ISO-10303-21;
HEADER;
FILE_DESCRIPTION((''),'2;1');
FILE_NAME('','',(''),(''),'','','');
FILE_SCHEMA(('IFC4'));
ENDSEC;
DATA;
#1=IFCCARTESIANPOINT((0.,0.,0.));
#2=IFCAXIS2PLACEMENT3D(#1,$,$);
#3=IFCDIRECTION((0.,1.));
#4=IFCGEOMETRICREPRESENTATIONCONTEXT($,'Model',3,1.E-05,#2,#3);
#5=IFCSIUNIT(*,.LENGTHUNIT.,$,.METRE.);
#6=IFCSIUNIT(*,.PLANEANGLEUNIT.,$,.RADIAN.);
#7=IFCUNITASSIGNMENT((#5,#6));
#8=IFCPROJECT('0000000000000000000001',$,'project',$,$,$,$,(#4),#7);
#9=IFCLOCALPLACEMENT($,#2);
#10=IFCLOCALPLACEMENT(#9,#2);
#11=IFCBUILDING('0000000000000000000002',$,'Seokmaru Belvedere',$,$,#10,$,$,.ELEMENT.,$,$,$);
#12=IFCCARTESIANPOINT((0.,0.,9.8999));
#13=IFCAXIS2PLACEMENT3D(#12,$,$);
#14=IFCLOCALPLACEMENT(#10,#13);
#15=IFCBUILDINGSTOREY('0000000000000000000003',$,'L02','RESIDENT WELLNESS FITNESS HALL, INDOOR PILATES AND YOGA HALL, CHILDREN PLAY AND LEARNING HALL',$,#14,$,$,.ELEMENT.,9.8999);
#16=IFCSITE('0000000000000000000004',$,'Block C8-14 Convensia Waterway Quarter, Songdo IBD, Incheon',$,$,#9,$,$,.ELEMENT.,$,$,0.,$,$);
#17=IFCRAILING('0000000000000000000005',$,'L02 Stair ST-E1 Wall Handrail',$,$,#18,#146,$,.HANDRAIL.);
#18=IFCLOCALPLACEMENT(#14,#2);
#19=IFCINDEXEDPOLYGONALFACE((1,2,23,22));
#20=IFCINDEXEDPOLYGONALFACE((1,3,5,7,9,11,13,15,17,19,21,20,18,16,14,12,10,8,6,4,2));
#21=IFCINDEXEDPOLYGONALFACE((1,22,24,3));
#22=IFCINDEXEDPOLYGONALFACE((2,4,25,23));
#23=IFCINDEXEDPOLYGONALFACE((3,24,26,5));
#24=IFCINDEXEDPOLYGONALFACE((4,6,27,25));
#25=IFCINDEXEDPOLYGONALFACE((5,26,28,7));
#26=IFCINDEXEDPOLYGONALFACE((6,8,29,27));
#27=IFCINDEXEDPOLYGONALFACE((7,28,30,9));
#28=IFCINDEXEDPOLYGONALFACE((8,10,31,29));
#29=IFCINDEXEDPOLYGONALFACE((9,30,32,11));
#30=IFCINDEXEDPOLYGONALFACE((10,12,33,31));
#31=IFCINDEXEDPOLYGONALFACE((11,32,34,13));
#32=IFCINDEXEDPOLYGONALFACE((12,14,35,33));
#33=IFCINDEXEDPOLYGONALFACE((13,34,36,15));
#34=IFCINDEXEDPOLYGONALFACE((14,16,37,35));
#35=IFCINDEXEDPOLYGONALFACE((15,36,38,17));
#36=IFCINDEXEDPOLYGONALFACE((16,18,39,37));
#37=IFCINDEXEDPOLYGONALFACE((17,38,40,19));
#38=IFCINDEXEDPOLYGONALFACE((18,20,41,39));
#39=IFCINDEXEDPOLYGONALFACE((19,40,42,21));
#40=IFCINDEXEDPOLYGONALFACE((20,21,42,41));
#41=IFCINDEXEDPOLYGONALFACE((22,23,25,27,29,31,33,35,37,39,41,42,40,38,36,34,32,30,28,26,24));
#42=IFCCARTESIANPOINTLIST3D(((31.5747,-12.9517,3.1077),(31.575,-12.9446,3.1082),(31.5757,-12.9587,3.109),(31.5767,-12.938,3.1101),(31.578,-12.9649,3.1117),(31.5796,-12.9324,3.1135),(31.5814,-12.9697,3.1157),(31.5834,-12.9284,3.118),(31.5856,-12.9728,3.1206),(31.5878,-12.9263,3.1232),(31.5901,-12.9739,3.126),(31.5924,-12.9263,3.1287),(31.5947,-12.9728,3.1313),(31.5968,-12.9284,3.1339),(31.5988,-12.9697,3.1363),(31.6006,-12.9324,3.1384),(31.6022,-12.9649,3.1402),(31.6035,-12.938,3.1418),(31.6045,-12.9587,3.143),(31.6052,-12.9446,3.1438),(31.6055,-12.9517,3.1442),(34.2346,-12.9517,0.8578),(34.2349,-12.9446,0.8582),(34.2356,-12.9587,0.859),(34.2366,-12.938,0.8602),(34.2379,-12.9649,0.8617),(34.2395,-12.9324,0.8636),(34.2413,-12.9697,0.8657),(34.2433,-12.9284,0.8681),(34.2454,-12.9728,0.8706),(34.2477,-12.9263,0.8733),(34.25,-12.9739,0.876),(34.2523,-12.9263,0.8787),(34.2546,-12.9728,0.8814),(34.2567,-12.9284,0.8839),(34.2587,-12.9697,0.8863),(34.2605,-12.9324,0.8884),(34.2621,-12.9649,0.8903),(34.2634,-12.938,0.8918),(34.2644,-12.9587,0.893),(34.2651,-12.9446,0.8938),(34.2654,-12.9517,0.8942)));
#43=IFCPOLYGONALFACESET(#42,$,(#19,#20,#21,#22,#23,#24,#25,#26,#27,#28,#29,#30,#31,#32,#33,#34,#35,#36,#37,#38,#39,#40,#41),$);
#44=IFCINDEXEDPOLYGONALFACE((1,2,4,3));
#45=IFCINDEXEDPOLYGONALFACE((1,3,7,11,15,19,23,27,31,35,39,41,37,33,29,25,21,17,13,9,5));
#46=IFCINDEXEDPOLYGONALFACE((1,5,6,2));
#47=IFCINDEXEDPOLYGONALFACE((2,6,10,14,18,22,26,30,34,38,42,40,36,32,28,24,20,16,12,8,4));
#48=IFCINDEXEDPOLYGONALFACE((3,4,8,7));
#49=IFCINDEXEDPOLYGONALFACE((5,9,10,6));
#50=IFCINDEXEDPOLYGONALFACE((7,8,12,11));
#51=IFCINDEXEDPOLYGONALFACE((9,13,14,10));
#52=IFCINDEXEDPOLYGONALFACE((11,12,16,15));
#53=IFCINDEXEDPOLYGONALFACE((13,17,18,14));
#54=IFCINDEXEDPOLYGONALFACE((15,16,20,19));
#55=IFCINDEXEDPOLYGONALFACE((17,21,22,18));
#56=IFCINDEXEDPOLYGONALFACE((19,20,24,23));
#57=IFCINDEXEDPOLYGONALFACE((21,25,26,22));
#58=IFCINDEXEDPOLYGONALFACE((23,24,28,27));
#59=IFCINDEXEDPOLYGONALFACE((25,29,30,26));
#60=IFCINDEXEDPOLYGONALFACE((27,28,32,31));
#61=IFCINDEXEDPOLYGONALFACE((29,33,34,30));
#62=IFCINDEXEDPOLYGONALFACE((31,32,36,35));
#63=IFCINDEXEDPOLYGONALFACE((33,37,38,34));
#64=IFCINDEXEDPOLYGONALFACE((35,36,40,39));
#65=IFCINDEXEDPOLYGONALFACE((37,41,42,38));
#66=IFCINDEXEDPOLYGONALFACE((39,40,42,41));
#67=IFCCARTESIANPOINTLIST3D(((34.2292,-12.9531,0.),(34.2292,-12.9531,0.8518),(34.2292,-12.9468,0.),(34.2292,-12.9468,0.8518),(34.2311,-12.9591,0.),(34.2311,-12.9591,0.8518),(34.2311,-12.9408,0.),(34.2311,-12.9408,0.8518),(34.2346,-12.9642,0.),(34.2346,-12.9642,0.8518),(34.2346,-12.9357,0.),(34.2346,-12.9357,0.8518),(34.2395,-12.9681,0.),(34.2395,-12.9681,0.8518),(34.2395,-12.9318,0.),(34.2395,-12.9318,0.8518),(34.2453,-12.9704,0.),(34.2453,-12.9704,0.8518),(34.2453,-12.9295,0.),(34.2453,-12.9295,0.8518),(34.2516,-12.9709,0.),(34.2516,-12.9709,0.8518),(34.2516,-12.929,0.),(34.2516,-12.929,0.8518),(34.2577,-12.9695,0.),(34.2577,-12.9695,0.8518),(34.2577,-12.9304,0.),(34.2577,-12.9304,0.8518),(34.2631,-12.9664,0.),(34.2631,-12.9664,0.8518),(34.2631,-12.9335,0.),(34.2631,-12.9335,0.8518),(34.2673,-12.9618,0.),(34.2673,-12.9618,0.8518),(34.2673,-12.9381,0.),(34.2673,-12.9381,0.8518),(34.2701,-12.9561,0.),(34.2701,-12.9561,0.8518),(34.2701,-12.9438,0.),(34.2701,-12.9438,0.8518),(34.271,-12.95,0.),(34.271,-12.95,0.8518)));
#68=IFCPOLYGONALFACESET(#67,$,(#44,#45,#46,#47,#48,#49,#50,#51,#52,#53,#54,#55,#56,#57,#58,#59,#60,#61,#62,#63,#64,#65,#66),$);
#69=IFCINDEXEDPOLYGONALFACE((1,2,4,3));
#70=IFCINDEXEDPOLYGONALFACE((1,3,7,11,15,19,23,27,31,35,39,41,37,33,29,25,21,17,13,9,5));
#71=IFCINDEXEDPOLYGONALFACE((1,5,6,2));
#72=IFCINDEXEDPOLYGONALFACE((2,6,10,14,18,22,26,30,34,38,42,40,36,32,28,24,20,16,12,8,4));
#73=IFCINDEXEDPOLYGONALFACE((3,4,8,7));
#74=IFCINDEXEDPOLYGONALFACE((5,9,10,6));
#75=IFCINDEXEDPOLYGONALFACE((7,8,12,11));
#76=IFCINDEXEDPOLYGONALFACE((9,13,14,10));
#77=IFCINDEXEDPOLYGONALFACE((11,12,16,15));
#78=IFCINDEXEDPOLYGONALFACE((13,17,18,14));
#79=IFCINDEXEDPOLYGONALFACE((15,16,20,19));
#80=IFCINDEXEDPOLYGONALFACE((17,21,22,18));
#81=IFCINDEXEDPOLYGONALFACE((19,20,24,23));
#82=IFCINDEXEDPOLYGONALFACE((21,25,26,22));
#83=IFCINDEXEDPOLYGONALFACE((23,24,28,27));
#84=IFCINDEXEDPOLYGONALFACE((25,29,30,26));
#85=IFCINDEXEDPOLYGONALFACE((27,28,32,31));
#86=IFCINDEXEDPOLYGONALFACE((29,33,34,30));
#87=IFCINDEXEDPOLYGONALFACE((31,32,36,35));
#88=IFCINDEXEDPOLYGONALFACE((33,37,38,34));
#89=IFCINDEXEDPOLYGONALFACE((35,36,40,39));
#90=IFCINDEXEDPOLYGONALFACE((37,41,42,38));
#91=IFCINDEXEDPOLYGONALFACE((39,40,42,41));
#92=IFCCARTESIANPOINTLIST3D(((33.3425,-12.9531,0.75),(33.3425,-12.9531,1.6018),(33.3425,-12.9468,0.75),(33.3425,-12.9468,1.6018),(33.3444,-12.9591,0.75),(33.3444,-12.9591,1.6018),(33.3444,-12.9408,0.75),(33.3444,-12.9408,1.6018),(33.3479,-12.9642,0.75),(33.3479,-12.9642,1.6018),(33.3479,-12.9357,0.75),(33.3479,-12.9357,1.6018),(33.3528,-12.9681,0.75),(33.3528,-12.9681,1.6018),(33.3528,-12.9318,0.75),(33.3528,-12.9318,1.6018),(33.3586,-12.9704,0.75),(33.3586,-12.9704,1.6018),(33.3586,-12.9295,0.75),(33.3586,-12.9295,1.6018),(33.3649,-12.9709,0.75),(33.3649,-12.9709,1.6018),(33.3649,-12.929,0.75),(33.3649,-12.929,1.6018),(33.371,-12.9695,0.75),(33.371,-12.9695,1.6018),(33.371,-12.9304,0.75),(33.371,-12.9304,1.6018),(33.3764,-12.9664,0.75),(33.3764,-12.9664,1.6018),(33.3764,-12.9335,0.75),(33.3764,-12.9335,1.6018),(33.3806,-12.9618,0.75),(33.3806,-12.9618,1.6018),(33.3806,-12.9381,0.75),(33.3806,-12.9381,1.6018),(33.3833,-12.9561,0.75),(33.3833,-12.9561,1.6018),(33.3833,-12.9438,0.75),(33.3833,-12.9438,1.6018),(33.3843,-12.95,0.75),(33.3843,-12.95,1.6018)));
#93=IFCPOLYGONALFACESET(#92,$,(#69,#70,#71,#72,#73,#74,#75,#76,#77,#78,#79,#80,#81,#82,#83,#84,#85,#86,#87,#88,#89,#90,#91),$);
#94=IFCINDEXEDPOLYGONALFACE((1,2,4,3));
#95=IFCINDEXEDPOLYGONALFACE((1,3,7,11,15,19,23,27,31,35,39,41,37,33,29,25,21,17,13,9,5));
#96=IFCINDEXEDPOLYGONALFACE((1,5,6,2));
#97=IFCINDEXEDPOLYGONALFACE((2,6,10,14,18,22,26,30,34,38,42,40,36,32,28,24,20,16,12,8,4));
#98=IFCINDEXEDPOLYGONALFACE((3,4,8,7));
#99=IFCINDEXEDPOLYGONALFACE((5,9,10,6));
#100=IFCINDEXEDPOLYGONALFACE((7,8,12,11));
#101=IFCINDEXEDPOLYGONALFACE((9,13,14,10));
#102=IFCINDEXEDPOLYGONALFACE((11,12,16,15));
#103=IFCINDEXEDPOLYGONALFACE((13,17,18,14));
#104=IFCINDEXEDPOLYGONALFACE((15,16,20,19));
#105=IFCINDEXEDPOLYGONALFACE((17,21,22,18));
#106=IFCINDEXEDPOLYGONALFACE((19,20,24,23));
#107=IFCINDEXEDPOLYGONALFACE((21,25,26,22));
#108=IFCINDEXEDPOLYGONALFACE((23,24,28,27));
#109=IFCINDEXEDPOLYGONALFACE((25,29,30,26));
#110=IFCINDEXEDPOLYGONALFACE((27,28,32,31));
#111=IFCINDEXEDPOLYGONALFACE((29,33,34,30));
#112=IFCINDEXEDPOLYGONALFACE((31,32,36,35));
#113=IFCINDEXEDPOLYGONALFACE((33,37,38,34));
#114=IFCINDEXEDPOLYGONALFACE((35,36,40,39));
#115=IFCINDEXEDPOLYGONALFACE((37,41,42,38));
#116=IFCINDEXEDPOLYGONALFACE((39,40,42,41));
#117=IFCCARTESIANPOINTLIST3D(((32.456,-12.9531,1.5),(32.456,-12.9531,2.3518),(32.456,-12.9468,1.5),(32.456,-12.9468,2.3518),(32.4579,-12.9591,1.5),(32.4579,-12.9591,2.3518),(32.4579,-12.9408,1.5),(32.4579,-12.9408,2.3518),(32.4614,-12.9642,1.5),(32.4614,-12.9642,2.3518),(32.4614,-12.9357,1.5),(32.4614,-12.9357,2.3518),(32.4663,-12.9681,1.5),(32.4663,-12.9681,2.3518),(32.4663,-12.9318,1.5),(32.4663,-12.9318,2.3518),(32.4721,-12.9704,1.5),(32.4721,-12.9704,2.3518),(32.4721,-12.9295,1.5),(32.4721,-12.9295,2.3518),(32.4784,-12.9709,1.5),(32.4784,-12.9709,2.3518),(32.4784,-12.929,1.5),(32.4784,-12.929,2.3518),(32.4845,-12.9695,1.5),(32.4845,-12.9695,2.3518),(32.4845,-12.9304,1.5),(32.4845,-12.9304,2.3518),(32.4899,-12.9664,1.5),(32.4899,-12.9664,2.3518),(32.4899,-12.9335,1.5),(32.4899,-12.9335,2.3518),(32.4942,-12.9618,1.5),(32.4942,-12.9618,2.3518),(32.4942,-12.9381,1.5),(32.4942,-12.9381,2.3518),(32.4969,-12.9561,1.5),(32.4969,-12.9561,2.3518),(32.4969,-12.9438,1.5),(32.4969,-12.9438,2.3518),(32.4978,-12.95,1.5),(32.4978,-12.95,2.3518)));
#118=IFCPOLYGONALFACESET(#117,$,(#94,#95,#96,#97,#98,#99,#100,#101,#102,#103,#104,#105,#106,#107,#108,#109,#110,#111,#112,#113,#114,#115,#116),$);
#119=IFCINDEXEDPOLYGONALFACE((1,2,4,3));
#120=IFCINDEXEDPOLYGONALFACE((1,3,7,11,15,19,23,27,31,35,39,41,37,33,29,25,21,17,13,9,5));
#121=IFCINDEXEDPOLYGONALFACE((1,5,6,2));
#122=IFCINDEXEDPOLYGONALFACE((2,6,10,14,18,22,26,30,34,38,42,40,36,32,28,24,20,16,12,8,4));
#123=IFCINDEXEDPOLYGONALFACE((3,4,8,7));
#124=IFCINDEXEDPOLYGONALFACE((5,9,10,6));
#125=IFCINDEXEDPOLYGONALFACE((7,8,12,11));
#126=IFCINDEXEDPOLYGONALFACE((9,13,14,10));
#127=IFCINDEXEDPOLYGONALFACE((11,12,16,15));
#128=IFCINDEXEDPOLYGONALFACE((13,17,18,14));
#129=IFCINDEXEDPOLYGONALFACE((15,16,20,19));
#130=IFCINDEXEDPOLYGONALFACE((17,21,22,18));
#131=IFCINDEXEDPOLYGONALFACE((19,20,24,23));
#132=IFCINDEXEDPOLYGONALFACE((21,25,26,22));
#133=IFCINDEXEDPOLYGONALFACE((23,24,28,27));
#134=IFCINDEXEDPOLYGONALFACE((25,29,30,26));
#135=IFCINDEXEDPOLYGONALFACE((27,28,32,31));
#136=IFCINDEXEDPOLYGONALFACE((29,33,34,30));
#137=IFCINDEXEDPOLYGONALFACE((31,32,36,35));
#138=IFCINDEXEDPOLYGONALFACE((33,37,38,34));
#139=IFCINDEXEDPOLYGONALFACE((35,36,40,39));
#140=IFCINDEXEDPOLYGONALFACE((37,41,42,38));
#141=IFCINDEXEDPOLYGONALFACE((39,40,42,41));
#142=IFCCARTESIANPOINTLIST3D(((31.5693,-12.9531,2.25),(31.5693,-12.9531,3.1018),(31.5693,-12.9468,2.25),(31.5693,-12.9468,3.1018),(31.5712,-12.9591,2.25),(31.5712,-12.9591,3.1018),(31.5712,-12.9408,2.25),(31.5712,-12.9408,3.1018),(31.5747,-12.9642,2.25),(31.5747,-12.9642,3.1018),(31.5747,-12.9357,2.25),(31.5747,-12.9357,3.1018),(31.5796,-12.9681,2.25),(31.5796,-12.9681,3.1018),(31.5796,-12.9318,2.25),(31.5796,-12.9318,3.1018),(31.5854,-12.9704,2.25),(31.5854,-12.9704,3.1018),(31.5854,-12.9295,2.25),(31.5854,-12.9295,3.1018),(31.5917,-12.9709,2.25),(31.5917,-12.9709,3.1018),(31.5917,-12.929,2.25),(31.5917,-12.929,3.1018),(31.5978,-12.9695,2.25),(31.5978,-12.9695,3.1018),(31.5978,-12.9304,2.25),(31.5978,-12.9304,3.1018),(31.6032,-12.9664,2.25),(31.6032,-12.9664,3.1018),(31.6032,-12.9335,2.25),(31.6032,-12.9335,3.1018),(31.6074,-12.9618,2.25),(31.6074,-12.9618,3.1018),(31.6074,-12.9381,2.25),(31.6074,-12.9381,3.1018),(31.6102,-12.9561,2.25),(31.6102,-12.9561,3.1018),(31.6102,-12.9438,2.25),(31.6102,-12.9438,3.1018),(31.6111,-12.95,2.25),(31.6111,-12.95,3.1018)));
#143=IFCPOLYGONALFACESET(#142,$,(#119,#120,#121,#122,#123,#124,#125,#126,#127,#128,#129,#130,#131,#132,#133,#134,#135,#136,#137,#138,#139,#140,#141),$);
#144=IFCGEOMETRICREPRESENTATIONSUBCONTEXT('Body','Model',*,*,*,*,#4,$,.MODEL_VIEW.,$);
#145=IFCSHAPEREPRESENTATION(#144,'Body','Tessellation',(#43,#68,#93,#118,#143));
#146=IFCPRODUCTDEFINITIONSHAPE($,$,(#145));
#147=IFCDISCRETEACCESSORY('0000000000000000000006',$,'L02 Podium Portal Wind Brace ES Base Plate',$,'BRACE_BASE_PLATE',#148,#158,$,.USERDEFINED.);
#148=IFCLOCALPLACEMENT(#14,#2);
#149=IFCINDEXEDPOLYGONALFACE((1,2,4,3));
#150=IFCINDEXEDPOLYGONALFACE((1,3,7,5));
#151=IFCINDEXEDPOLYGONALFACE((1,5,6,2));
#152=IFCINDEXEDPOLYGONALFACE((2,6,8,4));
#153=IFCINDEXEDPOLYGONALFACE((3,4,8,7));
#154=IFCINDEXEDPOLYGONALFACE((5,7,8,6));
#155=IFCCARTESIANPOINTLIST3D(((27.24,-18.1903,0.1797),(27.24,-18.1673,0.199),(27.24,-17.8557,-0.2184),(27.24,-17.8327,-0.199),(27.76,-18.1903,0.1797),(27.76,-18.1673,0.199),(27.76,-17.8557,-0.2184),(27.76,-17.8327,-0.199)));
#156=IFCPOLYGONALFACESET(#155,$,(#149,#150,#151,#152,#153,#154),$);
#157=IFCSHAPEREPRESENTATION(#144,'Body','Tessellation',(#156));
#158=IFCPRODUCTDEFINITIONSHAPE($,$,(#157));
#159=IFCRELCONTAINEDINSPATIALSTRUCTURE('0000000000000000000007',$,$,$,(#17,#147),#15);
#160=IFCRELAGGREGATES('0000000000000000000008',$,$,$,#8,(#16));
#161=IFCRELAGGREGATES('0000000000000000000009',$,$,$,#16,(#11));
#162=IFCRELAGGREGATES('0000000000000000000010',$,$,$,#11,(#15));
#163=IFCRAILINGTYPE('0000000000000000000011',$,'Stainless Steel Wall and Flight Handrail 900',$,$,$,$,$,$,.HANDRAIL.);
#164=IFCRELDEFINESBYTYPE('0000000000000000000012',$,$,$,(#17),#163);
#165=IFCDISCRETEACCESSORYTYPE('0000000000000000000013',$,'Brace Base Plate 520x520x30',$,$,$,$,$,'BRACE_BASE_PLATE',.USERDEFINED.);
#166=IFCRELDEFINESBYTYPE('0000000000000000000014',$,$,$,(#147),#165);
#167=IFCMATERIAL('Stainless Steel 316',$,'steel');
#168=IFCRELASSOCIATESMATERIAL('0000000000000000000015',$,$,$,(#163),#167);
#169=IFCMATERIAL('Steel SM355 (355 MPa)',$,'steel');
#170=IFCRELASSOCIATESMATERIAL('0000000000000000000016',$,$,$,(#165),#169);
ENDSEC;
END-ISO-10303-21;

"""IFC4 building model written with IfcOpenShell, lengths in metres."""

from ifc_helpers import new_model, si_unit, direction, frame, origin, origin_2d, place, context, subcontext, project, spatial, rectangle, circle, extrude, material, type_object, element, save


model = new_model("IFC4")

# Units and contexts
model_context = context("Model", 3, precision=1e-05, world=origin(), true_north=direction((0.0, 1.0)))
body_context = subcontext(model_context, "Body", "Model", "MODEL_VIEW")
ifc_project = project(units=[si_unit("LENGTHUNIT", "METRE"), si_unit("PLANEANGLEUNIT", "RADIAN")], contexts=[model_context])

# Site, building, storey
site_placement = place(None, origin())
site = spatial("IfcSite", under=ifc_project, at=site_placement, Name="Block C8-14 Convensia Waterway Quarter, Songdo IBD, Incheon", CompositionType="ELEMENT", RefElevation=0.0)
building_placement = place(site_placement, origin())
building = spatial("IfcBuilding", under=site, at=building_placement, Name="Seokmaru Belvedere", CompositionType="ELEMENT")
storey_placement = place(building_placement, frame((0.0, 0.0, 9.8999)))
storey = spatial("IfcBuildingStorey", under=building, at=storey_placement, Name="L02", Description="RESIDENT WELLNESS FITNESS HALL, INDOOR PILATES AND YOGA HALL, CHILDREN PLAY AND LEARNING HALL", CompositionType="ELEMENT", Elevation=9.8999)

# Shared definitions
ifc_material_1 = material(Name="Steel SM355 (355 MPa)", Category="steel")

# Shared definitions
ifc_material_2 = material(Name="Stainless Steel 316", Category="steel")

# Railing
railing_type_1 = type_object("IfcRailingType", Name="Stainless Steel Wall and Flight Handrail 900", PredefinedType="HANDRAIL", material=ifc_material_2)
railing_1_placement = place(storey_placement, frame((34.25, -12.95, 0.0)))
element("IfcRailing", 1, at=railing_1_placement, inside=storey, type_object=railing_type_1, Name="L02 Stair ST-E1 Wall Handrail", PredefinedType="HANDRAIL", context=body_context, shape_type="SweptSolid", body=[
    extrude(circle(Radius=0.0239, at=origin_2d()), frame((0.0, 0.0, 0.876), z_axis=(-0.763485, 0.0, 0.645826), x_axis=(0.0, -1.0, 0.0)), (0.0, 0.0, 1.0), 3.4839),
    extrude(circle(Radius=0.021, at=origin_2d()), origin(), (0.0, 0.0, 1.0), 0.8518),
    extrude(circle(Radius=0.021, at=origin_2d()), frame((-0.8867, 0.0, 0.75)), (0.0, 0.0, 1.0), 0.8518),
    extrude(circle(Radius=0.021, at=origin_2d()), frame((-1.7732, 0.0, 1.5)), (0.0, 0.0, 1.0), 0.8518),
    extrude(circle(Radius=0.021, at=origin_2d()), frame((-2.6599, 0.0, 2.25)), (0.0, 0.0, 1.0), 0.8518),
])

# Discrete accessory
discrete_accessory_type = type_object("IfcDiscreteAccessoryType", Name="Brace Base Plate 520x520x30", ElementType="BRACE_BASE_PLATE", PredefinedType="USERDEFINED", material=ifc_material_1)
discrete_accessory_placement = place(storey_placement, frame((27.5, -18.0, 0.0), z_axis=(0.0, -0.765544, -0.643383), x_axis=(1.0, 0.0, 0.0)))
element("IfcDiscreteAccessory", 2, at=discrete_accessory_placement, inside=storey, type_object=discrete_accessory_type, Name="L02 Podium Portal Wind Brace ES Base Plate", ObjectType="BRACE_BASE_PLATE", PredefinedType="USERDEFINED", context=body_context, shape_type="SweptSolid", body=[
    extrude(rectangle(XDim=0.52, YDim=0.52, at=origin_2d()), origin(), (0.0, 0.0, 1.0), 0.03),
])

save(model, "model.ifc")
